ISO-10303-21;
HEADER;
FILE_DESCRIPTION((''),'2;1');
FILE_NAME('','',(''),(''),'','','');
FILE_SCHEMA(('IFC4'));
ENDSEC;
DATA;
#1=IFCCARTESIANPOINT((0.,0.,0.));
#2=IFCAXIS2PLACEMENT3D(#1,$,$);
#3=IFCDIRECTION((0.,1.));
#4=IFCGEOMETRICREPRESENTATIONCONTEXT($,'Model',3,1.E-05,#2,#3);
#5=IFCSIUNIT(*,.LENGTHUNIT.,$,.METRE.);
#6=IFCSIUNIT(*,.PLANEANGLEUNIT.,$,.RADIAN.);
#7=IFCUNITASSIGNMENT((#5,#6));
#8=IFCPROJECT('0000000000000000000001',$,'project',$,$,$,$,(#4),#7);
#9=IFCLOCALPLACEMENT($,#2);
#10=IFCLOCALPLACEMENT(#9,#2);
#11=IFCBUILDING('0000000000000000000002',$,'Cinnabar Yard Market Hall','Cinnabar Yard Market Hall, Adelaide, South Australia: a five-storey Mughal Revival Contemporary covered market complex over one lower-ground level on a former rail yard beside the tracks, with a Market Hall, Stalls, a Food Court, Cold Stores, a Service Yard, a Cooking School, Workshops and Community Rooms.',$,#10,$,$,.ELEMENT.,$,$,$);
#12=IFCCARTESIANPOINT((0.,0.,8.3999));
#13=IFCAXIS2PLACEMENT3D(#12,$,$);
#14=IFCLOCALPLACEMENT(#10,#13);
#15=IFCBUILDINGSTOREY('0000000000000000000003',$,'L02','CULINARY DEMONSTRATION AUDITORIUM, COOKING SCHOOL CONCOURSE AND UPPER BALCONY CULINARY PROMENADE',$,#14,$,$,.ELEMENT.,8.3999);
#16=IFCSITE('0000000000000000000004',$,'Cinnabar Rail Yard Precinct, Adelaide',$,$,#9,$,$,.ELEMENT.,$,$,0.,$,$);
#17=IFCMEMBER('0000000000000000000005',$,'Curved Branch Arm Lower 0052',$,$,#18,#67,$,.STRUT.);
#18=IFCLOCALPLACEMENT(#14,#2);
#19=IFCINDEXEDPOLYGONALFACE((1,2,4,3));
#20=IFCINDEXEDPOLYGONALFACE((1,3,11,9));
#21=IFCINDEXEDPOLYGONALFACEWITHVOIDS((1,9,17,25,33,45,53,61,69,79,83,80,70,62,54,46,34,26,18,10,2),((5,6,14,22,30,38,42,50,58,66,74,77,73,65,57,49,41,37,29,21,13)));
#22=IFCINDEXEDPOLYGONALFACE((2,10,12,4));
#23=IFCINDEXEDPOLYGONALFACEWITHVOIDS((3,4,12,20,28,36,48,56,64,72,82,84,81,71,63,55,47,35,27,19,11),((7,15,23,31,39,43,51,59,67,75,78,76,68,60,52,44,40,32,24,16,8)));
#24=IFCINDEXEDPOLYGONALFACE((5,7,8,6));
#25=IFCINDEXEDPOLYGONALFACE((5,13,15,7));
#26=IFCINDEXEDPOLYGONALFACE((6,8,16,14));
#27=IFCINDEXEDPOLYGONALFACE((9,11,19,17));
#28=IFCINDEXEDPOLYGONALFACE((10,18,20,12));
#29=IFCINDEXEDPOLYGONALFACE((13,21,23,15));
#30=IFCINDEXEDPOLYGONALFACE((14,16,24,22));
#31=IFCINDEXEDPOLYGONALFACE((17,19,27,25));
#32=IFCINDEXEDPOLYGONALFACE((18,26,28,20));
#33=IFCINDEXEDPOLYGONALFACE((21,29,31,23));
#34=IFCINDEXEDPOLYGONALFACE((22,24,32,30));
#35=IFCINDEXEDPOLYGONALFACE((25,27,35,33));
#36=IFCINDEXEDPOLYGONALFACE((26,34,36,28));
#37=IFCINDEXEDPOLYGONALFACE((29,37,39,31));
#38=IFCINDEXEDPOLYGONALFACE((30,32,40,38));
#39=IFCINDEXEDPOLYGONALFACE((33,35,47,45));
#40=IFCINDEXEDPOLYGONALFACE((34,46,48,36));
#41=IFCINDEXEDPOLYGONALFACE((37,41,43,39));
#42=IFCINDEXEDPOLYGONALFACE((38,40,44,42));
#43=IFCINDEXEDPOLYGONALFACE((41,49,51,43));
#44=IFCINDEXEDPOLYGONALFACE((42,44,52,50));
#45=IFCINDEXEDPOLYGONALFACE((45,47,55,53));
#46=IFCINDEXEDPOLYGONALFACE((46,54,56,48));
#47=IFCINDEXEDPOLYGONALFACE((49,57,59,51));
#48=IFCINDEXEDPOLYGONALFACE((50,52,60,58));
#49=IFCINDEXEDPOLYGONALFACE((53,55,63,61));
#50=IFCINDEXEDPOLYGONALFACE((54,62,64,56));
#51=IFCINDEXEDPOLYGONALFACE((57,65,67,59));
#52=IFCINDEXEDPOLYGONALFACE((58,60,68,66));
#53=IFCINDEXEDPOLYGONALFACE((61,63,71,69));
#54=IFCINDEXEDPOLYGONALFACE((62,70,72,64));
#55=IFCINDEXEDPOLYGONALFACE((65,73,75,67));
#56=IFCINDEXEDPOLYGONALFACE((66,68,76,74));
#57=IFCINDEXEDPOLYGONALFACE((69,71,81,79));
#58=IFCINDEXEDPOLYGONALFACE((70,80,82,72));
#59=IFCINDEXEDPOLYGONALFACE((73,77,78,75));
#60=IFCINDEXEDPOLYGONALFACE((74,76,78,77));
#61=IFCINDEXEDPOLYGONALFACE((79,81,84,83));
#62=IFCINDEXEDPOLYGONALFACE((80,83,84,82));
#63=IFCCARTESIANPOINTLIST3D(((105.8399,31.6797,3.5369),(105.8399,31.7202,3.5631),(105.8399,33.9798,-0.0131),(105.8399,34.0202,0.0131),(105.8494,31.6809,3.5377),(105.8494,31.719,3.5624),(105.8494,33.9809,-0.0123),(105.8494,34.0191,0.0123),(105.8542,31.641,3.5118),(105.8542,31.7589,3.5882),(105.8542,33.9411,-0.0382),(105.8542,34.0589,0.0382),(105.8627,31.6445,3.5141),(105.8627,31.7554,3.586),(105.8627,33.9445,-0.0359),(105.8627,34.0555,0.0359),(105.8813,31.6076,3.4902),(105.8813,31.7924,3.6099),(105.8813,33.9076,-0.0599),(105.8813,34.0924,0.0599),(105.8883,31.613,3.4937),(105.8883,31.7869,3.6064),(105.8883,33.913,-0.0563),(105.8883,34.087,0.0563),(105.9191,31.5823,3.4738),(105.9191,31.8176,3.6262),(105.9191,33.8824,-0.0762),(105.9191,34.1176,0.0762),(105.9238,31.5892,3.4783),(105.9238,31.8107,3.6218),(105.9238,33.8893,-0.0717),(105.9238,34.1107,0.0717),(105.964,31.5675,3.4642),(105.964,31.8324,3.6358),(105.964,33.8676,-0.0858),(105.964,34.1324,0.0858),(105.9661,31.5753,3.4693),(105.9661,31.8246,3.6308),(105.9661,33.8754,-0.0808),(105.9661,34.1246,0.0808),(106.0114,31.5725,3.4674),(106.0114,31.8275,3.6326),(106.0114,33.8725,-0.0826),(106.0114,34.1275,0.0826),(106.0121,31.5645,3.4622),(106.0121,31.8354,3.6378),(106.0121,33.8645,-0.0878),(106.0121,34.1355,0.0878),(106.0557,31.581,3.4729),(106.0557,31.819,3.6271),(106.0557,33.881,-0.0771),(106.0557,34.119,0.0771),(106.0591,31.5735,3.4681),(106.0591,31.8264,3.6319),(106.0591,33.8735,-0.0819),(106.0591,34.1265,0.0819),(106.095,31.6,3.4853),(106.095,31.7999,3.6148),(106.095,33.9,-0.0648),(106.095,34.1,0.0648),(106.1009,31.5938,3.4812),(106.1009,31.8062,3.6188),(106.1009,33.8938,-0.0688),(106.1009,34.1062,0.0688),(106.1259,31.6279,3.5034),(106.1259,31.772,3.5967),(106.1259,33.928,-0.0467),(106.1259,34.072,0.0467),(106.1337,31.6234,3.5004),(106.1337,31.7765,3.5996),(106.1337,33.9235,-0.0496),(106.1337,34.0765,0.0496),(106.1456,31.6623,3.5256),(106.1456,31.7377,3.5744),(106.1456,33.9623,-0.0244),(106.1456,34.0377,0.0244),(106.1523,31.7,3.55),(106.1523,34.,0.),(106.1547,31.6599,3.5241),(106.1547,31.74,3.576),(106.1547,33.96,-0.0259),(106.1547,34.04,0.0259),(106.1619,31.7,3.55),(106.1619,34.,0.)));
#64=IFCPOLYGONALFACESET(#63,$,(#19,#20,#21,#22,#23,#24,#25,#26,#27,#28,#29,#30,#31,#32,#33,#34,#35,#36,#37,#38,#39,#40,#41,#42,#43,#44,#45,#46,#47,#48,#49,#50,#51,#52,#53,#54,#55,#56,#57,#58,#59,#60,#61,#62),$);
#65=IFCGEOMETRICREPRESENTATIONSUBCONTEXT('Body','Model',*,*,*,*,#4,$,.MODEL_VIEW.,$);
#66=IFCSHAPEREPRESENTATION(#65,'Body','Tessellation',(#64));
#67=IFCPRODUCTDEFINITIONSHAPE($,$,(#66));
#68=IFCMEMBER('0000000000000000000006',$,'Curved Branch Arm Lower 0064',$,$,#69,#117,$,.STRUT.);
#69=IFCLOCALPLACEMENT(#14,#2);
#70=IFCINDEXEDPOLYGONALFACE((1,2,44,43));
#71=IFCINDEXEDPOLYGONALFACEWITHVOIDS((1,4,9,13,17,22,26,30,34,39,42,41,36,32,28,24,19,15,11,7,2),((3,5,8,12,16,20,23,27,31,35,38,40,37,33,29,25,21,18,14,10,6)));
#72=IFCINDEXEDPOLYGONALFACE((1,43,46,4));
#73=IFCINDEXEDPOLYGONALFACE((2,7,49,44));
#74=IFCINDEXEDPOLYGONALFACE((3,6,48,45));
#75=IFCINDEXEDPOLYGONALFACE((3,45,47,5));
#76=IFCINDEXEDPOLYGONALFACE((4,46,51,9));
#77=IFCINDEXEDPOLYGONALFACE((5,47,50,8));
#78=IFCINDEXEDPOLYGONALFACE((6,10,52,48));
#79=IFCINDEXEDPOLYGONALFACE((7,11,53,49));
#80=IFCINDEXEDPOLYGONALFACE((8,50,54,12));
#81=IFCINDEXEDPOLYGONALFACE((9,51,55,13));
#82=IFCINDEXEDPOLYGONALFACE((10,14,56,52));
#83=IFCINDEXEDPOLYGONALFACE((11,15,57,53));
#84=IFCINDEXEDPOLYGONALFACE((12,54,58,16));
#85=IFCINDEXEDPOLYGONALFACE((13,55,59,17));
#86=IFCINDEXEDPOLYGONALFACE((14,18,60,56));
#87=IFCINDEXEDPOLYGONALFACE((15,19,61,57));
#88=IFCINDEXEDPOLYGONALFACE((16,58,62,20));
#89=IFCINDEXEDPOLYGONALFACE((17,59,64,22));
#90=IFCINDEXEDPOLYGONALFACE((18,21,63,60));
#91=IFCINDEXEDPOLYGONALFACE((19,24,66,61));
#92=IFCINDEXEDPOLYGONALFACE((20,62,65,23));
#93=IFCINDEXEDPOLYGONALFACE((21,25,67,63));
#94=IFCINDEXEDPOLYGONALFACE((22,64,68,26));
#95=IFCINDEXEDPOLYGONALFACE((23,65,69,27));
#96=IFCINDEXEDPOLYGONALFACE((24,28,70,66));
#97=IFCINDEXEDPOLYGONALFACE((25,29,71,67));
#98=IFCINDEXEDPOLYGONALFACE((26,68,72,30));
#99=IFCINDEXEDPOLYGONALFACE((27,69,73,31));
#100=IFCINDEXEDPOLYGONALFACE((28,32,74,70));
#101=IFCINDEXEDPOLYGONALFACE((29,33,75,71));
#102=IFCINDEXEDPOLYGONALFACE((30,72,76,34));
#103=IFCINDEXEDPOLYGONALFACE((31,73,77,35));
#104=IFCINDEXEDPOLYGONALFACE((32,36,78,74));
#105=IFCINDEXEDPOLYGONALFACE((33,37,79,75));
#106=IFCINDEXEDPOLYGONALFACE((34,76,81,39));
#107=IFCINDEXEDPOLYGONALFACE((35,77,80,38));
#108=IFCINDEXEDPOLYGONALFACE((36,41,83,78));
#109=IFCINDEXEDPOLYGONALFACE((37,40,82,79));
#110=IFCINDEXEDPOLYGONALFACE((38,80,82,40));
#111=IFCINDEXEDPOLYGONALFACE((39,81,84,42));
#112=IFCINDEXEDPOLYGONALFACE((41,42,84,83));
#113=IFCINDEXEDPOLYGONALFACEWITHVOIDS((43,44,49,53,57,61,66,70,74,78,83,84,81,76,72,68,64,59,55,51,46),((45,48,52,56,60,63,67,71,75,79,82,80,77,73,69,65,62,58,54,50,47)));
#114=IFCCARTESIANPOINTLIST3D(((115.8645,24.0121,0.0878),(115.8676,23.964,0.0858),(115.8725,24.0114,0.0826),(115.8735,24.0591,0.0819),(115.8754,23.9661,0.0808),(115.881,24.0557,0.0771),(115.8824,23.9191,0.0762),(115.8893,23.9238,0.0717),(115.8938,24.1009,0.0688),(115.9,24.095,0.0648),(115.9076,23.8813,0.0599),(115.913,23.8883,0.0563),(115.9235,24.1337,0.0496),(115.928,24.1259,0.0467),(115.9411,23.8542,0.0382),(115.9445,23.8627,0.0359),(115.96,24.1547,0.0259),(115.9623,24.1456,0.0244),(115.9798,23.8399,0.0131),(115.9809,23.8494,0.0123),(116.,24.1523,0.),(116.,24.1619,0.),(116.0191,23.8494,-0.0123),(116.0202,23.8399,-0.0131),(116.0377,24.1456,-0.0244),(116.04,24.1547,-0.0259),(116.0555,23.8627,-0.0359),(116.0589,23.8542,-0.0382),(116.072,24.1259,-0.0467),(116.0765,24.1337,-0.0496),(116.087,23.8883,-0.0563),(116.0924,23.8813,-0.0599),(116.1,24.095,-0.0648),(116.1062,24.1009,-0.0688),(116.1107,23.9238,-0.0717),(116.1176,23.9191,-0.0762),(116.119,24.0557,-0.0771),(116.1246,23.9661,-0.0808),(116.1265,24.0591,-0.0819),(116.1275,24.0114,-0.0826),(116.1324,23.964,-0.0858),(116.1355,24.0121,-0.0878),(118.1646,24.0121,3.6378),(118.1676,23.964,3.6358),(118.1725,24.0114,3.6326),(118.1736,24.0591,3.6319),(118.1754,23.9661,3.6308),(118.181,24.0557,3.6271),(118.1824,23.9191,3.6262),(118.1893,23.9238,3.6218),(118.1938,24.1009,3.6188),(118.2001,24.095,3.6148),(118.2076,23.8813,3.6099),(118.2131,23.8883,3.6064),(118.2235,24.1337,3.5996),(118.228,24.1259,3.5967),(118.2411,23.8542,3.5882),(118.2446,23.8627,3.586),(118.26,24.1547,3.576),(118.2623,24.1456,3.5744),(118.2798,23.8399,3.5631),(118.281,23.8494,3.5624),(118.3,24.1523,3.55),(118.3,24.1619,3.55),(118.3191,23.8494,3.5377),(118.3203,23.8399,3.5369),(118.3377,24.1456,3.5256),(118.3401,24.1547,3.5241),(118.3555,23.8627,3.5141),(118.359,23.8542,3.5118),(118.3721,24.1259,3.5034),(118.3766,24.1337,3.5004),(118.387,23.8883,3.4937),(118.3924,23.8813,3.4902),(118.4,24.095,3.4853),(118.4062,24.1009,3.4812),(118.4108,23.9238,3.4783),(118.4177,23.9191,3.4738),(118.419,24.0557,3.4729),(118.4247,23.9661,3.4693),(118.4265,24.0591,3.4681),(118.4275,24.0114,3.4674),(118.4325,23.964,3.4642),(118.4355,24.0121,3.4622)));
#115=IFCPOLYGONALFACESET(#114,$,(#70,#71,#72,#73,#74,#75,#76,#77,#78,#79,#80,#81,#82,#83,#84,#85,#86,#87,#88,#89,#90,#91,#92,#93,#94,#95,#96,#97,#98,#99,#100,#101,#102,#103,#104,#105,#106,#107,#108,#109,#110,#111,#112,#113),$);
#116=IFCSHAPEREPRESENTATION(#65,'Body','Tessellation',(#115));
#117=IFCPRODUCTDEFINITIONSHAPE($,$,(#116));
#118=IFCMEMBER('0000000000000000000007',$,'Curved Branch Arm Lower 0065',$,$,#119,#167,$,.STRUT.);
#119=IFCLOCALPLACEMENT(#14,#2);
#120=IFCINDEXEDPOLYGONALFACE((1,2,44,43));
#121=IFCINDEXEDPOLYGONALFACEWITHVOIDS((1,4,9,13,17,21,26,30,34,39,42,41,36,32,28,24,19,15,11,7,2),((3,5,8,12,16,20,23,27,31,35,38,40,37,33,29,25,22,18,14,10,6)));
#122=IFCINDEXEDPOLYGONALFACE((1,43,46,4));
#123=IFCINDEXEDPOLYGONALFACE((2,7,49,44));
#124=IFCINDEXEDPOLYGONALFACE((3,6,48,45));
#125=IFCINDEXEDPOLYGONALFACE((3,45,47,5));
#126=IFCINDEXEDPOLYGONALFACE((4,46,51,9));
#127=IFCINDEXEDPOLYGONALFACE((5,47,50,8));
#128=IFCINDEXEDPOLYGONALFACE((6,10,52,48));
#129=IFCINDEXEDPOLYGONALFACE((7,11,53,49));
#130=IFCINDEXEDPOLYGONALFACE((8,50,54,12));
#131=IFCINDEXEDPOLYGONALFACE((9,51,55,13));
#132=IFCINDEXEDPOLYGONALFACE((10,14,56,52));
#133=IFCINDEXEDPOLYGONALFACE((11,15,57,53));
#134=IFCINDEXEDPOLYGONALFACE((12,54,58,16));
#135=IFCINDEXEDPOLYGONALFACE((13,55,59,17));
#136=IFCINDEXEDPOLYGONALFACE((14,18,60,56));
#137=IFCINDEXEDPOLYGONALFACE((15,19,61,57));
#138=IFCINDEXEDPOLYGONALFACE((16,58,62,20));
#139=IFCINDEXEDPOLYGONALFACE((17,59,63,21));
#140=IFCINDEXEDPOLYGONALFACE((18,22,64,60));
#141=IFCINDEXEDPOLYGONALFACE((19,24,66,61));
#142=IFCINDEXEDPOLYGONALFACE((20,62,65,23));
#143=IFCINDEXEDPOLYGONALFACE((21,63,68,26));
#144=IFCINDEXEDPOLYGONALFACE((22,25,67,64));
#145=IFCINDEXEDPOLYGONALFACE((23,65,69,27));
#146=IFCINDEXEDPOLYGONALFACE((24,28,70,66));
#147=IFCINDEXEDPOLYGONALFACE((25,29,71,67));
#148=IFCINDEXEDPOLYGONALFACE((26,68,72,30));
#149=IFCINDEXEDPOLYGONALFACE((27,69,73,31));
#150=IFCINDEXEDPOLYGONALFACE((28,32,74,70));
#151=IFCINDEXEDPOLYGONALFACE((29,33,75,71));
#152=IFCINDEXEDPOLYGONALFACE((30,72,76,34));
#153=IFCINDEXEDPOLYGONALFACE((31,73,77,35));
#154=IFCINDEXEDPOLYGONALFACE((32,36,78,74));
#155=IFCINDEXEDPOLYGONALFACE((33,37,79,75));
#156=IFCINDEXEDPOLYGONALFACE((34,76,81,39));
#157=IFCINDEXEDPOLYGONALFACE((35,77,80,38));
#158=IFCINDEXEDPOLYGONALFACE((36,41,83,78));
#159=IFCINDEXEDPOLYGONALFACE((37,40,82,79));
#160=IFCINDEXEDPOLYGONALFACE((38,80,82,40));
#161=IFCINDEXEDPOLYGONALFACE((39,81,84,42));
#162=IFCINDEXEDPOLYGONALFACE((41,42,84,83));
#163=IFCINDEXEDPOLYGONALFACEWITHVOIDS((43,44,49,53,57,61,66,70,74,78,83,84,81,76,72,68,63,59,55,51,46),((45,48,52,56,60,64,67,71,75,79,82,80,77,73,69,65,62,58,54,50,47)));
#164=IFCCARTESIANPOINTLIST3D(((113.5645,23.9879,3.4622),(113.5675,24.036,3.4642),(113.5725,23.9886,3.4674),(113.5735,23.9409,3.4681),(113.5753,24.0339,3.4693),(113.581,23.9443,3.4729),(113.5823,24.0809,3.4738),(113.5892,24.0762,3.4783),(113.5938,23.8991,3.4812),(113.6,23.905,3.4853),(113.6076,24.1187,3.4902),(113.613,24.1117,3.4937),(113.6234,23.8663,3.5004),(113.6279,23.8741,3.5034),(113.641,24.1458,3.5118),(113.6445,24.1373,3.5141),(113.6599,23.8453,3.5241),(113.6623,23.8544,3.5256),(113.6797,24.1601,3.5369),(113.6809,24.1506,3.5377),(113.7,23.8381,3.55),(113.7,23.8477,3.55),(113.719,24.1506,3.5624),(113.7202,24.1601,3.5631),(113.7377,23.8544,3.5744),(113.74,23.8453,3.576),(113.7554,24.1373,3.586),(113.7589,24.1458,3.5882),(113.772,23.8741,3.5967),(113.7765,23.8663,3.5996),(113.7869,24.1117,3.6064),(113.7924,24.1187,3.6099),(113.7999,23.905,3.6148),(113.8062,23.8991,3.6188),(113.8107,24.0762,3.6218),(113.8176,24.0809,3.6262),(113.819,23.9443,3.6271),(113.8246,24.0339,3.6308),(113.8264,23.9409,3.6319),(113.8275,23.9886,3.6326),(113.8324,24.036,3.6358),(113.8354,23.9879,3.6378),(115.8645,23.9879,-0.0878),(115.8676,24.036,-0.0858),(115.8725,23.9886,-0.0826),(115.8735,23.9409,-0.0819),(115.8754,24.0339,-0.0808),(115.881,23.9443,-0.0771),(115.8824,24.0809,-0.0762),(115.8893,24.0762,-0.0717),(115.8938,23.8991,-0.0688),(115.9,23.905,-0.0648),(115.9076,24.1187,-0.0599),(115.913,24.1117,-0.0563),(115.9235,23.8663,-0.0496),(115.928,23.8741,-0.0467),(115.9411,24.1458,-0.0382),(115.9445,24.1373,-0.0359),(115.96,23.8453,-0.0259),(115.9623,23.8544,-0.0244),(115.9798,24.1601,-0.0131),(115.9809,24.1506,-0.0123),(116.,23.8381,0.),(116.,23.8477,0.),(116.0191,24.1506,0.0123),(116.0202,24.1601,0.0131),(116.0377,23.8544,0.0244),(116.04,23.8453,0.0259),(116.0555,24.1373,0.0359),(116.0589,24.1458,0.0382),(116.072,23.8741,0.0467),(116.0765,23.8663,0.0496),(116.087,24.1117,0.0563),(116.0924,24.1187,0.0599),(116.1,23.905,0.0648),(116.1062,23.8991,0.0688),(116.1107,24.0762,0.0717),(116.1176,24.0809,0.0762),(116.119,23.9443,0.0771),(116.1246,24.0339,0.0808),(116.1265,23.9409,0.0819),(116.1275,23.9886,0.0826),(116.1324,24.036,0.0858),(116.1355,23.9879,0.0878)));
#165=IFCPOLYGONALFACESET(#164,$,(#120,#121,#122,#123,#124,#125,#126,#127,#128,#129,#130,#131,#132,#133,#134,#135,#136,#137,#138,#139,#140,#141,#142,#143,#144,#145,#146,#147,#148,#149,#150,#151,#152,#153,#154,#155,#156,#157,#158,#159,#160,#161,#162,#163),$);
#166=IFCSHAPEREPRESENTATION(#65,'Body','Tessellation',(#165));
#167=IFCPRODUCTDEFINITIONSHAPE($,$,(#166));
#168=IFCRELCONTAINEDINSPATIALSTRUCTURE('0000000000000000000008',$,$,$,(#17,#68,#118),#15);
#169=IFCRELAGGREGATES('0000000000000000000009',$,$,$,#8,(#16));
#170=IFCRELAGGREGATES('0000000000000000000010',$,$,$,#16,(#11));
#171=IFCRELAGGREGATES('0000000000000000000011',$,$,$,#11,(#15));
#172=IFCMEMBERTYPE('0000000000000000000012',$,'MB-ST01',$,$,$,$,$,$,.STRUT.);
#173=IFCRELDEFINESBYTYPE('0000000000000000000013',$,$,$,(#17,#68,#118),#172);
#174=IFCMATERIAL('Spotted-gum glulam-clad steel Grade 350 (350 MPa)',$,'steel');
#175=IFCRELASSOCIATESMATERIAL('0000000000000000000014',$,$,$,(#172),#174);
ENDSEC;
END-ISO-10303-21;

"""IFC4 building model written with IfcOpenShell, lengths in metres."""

from ifc_helpers import new_model, si_unit, direction, frame, origin, origin_2d_with_axis, place, context, subcontext, project, spatial, hollow_circle, extrude, material, material_profile, profile_set, type_object, element, save


model = new_model("IFC4")

# Units and contexts
model_context = context("Model", 3, precision=1e-05, world=origin(), true_north=direction((0.0, 1.0)))
body_context = subcontext(model_context, "Body", "Model", "MODEL_VIEW")
ifc_project = project(units=[si_unit("LENGTHUNIT", "METRE"), si_unit("PLANEANGLEUNIT", "RADIAN")], contexts=[model_context])

# Site, building, storey
site_placement = place(None, origin())
site = spatial("IfcSite", under=ifc_project, at=site_placement, Name="Cinnabar Rail Yard Precinct, Adelaide", CompositionType="ELEMENT", RefElevation=0.0)
building_placement = place(site_placement, origin())
building = spatial("IfcBuilding", under=site, at=building_placement, Name="Cinnabar Yard Market Hall", Description="Cinnabar Yard Market Hall, Adelaide, South Australia: a five-storey Mughal Revival Contemporary covered market complex over one lower-ground level on a former rail yard beside the tracks, with a Market Hall, Stalls, a Food Court, Cold Stores, a Service Yard, a Cooking School, Workshops and Community Rooms.", CompositionType="ELEMENT")
storey_placement = place(building_placement, frame((0.0, 0.0, 8.3999)))
storey = spatial("IfcBuildingStorey", under=building, at=storey_placement, Name="L02", Description="CULINARY DEMONSTRATION AUDITORIUM, COOKING SCHOOL CONCOURSE AND UPPER BALCONY CULINARY PROMENADE", CompositionType="ELEMENT", Elevation=8.3999)

# Shared definitions
ifc_material_1 = material(Name="Spotted-gum glulam-clad steel Grade 350 (350 MPa)", Category="steel")

# Members
ifc_material_profile_1 = material_profile(ifc_material_1, hollow_circle(Radius=0.1619, WallThickness=0.0095, at=origin_2d_with_axis()), Name="323.9x9.5CHS")
ifc_profile_set_1 = profile_set([ifc_material_profile_1], Name="Spotted-gum glulam-clad steel Grade 350 (350 MPa)")
member_type_1 = type_object("IfcMemberType", Name="MB-ST01", PredefinedType="STRUT", material=ifc_profile_set_1)
for number, where, z_axis, x_axis, name in (
    (1, (106.0, 34.0, 0.0), (0.0, -0.543744, 0.839251), (1.0, 0.0, 0.0), "Curved Branch Arm Lower 0052"),
    (2, (116.0, 24.0, 0.0), (0.543744, 0.0, 0.839251), (0.0, 1.0, 0.0), "Curved Branch Arm Lower 0064"),
    (3, (116.0, 24.0, 0.0), (-0.543744, 0.0, 0.839251), (0.0, -1.0, 0.0), "Curved Branch Arm Lower 0065"),
):
    element("IfcMember", number, at=place(storey_placement, frame(where, z_axis=z_axis, x_axis=x_axis)), inside=storey, type_object=member_type_1, Name=name, PredefinedType="STRUT", context=body_context, shape_type="SweptSolid", body=[
        extrude(hollow_circle(Radius=0.1619, WallThickness=0.0095, at=origin_2d_with_axis()), origin(), (0.0, 0.0, 1.0), 4.23),
    ])

save(model, "model.ifc")
